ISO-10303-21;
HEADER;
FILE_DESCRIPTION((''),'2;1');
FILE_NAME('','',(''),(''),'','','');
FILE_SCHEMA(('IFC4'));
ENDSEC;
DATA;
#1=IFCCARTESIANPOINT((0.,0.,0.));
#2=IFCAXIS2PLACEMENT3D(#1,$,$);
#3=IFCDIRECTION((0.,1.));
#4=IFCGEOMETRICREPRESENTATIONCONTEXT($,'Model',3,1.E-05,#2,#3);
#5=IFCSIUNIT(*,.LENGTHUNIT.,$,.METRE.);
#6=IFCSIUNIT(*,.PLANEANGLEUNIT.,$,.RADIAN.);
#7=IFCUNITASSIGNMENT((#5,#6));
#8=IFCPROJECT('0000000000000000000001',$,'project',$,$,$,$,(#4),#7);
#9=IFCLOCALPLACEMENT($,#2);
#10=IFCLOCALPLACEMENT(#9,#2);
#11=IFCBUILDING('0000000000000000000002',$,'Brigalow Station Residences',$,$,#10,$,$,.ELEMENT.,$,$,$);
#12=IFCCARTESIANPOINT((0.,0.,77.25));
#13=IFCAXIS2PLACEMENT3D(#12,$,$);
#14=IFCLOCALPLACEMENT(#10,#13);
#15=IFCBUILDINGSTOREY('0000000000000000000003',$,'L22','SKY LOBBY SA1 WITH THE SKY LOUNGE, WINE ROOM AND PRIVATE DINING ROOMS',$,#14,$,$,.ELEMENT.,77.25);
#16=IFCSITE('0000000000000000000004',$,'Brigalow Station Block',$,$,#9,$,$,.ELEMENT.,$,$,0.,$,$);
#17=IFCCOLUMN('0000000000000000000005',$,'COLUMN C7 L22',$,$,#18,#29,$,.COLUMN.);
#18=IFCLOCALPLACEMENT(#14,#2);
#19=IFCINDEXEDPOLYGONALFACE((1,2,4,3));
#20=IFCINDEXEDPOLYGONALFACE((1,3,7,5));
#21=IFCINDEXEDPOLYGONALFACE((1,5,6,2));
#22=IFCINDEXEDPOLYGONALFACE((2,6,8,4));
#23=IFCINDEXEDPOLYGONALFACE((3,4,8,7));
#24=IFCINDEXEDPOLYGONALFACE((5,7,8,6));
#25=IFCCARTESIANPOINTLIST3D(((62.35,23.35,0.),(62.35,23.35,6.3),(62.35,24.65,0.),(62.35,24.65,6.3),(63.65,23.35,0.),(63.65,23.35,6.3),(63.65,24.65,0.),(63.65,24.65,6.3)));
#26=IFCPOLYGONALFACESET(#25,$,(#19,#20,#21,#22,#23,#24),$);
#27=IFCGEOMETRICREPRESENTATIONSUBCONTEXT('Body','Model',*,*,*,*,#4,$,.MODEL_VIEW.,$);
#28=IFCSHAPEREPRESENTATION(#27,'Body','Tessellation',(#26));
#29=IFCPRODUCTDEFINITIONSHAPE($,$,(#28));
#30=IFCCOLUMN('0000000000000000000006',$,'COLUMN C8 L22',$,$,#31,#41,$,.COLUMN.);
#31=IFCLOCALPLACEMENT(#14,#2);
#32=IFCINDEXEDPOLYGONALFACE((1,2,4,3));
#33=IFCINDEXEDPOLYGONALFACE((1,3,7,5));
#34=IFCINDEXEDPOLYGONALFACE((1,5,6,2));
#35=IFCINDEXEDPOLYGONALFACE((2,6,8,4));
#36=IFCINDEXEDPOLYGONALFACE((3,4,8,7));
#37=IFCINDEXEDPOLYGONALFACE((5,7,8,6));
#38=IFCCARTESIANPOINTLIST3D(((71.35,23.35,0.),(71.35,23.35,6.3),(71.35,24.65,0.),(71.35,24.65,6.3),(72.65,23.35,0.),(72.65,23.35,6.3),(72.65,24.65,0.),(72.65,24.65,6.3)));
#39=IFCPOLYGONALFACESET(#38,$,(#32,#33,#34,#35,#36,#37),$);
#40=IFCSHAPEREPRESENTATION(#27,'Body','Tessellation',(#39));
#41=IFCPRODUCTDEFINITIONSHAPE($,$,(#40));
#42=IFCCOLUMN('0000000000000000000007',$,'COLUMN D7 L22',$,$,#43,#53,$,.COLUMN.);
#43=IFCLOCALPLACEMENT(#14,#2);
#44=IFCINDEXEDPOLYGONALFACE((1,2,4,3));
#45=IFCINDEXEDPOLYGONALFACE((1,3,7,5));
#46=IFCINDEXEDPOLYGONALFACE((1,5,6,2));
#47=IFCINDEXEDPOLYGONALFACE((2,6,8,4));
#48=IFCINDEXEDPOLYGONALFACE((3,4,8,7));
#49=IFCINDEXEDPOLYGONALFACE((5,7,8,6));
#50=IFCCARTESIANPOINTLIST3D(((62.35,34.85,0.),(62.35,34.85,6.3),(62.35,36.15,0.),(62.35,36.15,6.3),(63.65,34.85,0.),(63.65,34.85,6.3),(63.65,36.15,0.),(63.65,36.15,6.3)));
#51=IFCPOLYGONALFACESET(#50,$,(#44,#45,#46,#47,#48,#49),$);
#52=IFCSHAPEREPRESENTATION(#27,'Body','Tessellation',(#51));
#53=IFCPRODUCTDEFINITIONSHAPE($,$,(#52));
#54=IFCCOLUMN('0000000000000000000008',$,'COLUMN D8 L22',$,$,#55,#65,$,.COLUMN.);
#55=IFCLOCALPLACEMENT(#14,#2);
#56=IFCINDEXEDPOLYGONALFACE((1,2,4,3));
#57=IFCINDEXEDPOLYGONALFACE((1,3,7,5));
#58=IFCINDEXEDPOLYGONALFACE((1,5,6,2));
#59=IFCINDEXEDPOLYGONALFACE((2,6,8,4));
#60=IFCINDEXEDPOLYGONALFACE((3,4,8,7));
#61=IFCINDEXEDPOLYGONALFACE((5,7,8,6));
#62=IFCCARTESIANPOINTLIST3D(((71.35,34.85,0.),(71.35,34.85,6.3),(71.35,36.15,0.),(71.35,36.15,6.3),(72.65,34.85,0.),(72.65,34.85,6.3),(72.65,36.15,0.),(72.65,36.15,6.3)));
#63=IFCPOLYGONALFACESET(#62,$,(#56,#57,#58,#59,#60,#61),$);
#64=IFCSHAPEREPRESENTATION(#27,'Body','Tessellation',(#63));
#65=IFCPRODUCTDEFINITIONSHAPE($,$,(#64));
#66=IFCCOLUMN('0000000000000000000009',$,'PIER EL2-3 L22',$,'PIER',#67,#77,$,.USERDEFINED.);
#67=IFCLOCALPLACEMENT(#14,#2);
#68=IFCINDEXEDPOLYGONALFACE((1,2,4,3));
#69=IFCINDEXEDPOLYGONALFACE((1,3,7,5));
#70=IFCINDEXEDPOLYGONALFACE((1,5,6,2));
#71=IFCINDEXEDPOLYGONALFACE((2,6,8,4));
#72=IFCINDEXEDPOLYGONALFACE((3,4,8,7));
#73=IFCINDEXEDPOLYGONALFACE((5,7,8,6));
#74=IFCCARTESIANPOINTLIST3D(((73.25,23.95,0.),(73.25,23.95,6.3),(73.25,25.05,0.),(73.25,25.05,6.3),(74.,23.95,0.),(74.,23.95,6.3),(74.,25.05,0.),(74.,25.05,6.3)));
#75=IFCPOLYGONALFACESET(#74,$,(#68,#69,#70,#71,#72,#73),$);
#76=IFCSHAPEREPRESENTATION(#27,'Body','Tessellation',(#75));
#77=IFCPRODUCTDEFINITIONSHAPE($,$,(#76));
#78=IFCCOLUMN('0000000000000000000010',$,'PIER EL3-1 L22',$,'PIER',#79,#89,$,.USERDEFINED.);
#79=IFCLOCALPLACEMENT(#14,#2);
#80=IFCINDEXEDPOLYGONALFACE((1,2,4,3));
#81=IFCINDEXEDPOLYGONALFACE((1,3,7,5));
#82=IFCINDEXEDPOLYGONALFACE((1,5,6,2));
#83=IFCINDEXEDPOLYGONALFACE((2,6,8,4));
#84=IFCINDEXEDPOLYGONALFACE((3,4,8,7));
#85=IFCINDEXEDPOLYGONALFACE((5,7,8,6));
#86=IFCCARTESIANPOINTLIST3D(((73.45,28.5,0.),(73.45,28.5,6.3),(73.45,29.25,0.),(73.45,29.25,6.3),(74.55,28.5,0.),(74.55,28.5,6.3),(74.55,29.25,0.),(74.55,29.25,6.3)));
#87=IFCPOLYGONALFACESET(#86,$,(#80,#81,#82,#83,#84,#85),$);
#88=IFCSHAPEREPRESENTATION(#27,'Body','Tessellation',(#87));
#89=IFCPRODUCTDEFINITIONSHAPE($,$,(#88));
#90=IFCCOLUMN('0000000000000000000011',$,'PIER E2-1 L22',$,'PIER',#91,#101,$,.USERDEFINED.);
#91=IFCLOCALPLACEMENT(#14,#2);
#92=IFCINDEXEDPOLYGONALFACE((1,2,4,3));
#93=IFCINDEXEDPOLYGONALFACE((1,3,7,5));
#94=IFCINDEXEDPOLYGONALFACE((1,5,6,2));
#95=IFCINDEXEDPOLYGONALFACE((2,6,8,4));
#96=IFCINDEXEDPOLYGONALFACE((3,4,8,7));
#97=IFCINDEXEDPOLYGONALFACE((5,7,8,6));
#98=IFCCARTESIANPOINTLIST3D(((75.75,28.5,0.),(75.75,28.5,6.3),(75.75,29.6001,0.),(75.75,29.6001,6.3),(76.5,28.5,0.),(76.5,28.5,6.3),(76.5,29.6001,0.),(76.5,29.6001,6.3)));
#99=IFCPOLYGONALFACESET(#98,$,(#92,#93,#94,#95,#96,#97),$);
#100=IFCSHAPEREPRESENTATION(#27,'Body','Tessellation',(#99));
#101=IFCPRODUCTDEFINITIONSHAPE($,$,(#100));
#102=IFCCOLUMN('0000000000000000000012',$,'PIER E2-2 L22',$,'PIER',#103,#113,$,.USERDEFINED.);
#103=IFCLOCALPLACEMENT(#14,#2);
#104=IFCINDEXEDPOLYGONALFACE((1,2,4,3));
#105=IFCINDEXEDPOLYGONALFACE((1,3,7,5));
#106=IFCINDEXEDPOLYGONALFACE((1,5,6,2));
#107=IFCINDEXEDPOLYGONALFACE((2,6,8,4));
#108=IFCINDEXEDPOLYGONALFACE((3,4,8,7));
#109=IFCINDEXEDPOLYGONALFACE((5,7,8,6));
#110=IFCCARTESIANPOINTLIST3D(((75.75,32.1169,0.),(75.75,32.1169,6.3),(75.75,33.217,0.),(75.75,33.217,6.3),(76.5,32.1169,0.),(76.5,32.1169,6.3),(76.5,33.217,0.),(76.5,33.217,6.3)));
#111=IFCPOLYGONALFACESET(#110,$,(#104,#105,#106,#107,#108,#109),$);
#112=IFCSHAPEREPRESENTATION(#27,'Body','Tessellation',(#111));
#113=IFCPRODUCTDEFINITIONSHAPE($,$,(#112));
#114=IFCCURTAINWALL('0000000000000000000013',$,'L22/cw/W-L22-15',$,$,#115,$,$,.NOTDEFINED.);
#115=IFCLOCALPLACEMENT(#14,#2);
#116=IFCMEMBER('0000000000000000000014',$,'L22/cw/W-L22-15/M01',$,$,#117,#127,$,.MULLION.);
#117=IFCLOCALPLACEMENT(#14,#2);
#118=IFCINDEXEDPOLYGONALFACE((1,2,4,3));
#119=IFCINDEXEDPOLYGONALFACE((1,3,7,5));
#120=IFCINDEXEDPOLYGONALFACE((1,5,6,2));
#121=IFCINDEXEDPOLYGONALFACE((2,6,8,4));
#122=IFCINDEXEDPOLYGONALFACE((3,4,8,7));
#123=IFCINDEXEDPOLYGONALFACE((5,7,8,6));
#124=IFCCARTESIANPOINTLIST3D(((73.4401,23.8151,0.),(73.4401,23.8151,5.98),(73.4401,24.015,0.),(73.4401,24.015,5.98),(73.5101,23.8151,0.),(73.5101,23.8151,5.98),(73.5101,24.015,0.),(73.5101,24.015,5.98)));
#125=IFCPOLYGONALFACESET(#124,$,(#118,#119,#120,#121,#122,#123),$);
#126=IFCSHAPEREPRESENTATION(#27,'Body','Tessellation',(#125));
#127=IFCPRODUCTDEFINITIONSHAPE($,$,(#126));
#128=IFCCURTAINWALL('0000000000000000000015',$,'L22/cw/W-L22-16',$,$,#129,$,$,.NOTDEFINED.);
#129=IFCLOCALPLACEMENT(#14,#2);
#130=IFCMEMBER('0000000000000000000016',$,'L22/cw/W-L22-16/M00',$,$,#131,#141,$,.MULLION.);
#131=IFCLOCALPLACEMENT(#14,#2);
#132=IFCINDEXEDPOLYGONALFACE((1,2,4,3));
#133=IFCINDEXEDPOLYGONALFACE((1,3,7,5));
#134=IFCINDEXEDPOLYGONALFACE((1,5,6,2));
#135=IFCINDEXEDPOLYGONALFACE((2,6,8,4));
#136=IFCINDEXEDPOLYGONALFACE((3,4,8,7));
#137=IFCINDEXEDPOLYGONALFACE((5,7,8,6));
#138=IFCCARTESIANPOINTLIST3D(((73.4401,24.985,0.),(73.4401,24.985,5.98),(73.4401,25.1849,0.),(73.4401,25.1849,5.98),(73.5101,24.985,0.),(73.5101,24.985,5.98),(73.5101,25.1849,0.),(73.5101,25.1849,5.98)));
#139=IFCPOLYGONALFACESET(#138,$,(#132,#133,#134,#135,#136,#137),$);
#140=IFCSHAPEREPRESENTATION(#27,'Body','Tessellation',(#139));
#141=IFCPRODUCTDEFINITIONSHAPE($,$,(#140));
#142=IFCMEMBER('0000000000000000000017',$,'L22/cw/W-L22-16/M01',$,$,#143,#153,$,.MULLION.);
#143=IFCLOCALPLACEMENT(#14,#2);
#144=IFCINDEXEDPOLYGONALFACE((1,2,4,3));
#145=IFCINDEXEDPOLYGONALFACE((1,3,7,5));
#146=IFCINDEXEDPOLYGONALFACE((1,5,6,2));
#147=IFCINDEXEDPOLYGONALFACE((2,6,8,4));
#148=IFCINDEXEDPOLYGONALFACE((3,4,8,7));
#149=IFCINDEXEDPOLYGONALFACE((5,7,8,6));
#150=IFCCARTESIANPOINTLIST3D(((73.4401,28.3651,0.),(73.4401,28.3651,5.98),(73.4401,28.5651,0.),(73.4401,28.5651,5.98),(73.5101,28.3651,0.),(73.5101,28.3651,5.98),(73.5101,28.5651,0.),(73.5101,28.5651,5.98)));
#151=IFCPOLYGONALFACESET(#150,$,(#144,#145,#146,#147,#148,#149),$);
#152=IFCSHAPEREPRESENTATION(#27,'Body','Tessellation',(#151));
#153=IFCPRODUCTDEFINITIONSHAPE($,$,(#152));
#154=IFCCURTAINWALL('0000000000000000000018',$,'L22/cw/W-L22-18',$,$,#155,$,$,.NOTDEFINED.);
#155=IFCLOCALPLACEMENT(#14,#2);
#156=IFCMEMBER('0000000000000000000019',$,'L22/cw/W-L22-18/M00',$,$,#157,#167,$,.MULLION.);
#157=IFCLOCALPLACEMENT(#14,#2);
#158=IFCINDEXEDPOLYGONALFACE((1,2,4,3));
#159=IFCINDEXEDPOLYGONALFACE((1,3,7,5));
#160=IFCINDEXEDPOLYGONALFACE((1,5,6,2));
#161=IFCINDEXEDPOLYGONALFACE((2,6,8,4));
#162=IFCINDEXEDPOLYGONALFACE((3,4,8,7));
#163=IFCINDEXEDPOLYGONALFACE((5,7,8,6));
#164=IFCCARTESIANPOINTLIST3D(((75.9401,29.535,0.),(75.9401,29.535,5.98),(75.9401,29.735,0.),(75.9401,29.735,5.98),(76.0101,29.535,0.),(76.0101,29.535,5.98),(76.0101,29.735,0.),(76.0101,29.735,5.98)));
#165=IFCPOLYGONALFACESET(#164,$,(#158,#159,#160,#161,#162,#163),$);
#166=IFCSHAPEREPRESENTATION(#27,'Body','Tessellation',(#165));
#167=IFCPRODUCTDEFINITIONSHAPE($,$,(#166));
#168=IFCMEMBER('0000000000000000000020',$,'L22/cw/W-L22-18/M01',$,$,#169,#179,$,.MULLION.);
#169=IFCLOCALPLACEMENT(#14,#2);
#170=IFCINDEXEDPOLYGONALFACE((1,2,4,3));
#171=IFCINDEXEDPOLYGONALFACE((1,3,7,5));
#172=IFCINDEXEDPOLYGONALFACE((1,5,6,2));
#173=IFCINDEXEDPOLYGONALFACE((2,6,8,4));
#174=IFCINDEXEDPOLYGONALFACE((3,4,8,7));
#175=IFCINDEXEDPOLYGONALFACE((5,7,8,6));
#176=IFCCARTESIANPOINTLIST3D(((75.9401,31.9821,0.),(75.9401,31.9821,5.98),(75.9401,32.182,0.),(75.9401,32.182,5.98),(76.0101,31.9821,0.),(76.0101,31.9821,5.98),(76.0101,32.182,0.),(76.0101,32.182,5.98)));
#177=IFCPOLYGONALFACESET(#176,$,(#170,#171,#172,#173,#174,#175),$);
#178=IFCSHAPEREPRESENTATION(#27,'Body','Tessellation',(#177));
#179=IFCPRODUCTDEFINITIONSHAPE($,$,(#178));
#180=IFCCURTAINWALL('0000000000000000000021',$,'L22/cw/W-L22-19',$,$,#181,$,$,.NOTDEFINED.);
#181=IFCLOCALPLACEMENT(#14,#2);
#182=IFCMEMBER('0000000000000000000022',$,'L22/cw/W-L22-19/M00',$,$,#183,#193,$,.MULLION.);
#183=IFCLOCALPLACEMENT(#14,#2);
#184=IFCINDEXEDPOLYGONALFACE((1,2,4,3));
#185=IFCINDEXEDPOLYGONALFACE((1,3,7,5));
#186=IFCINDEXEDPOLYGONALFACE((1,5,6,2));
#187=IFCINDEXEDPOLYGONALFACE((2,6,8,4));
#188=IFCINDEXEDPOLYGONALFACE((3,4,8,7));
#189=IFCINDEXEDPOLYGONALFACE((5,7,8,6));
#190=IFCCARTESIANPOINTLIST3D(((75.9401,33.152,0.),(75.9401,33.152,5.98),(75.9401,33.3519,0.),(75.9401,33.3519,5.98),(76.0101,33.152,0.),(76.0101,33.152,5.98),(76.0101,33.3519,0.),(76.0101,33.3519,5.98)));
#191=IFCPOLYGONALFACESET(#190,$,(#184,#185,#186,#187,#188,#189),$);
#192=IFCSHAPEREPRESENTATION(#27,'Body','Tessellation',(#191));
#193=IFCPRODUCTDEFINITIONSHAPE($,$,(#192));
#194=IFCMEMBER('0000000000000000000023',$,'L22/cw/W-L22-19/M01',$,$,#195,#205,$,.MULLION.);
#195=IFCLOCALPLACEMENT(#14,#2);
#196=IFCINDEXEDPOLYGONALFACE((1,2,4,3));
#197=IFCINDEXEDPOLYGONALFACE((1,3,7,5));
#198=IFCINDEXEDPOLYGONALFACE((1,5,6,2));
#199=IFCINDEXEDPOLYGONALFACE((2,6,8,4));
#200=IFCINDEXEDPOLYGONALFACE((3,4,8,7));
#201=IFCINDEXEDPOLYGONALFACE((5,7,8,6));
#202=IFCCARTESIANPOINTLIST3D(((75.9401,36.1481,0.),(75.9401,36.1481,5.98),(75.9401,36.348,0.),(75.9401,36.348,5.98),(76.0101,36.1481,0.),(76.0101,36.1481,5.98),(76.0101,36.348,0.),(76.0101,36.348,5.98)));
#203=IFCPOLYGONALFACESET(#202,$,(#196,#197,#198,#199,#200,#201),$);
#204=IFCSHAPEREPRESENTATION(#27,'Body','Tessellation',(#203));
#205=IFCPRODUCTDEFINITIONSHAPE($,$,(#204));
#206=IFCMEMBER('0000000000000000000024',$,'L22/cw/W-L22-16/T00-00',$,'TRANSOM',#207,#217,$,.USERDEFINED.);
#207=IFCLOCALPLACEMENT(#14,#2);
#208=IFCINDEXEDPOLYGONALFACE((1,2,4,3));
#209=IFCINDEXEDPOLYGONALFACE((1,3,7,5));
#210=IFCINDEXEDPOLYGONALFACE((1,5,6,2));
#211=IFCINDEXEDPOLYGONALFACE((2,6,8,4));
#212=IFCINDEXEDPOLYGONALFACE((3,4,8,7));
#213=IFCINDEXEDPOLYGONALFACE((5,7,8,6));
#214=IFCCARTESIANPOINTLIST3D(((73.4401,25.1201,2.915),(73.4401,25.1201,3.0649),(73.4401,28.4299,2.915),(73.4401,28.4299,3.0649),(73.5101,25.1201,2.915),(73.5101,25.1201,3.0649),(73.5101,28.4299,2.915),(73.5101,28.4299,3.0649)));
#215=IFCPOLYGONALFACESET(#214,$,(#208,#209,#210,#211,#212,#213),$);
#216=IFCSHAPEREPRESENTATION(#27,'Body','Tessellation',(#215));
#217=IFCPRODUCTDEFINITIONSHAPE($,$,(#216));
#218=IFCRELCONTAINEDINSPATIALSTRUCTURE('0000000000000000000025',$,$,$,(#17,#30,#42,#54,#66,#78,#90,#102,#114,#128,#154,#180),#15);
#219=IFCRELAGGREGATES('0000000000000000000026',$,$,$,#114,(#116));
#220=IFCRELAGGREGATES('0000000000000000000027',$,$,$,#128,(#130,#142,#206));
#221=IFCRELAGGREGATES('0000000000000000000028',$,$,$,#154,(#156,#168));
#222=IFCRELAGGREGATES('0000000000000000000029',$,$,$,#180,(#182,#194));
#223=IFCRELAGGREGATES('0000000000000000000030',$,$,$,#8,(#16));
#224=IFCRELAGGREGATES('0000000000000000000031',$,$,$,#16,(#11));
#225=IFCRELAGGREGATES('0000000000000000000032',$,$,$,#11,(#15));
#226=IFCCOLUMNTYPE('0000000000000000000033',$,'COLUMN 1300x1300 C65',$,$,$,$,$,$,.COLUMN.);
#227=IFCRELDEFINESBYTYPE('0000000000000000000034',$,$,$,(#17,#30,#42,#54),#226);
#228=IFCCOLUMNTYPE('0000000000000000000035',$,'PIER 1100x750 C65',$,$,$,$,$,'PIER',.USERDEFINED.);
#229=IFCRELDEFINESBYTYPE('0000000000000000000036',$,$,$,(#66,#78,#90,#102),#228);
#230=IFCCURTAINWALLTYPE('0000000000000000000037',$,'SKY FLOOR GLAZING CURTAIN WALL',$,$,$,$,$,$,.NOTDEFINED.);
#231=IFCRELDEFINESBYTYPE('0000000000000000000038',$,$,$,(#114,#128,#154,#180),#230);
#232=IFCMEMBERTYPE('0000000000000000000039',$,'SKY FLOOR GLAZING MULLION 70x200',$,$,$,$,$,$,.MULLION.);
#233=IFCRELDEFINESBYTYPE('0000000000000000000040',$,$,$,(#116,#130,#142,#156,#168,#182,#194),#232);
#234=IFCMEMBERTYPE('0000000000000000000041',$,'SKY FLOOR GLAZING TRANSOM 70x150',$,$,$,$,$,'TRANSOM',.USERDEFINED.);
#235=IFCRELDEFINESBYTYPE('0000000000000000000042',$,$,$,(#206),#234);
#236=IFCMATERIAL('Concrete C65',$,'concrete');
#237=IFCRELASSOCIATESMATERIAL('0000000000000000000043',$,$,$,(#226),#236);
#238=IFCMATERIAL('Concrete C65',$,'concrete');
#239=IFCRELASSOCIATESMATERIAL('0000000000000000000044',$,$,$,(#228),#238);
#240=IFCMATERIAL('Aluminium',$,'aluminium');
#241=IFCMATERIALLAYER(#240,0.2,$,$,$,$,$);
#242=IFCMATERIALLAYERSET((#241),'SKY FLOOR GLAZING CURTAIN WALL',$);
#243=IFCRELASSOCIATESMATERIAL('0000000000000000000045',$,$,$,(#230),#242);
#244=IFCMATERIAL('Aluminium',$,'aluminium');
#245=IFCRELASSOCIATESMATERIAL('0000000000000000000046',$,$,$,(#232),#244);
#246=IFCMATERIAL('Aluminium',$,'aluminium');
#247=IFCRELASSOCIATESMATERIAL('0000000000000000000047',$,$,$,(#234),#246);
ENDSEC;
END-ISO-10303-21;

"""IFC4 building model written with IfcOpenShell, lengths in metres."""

from ifc_helpers import new_model, si_unit, direction, frame, origin, origin_2d, place, context, subcontext, project, spatial, rectangle, extrude, material, layer, layer_set, material_profile, profile_set, type_object, element, aggregate, save


model = new_model("IFC4")

# Units and contexts
model_context = context("Model", 3, precision=1e-05, world=origin(), true_north=direction((0.0, 1.0)))
body_context = subcontext(model_context, "Body", "Model", "MODEL_VIEW")
ifc_project = project(units=[si_unit("LENGTHUNIT", "METRE"), si_unit("PLANEANGLEUNIT", "RADIAN")], contexts=[model_context])

# Site, building, storey
site_placement = place(None, origin())
site = spatial("IfcSite", under=ifc_project, at=site_placement, Name="Brigalow Station Block", CompositionType="ELEMENT", RefElevation=0.0)
building_placement = place(site_placement, origin())
building = spatial("IfcBuilding", under=site, at=building_placement, Name="Brigalow Station Residences", CompositionType="ELEMENT")
storey_placement = place(building_placement, frame((0.0, 0.0, 77.25)))
storey = spatial("IfcBuildingStorey", under=building, at=storey_placement, Name="L22", Description="SKY LOBBY SA1 WITH THE SKY LOUNGE, WINE ROOM AND PRIVATE DINING ROOMS", CompositionType="ELEMENT", Elevation=77.25)

# Columns
ifc_material_1 = material(Name="Concrete C65", Category="concrete")
ifc_material_profile_1 = material_profile(ifc_material_1, rectangle(XDim=1.3, YDim=1.3, at=origin_2d()), Name="RC1300x1300")
ifc_profile_set_1 = profile_set([ifc_material_profile_1], Name="Concrete C65")
column_type_1 = type_object("IfcColumnType", Name="COLUMN 1300x1300 C65", PredefinedType="COLUMN", material=ifc_profile_set_1)
for number, where, z_axis, x_axis, name in (
    (1, (63.0, 24.0, 0.0), (0.0, 0.0, 1.0), (1.0, 0.0, 0.0), "COLUMN C7 L22"),
    (2, (72.0, 24.0, 0.0), (0.0, 0.0, 1.0), (1.0, 0.0, 0.0), "COLUMN C8 L22"),
    (3, (63.0, 35.5, 0.0), (0.0, 0.0, 1.0), (1.0, 0.0, 0.0), "COLUMN D7 L22"),
    (4, (72.0, 35.5, 0.0), (0.0, 0.0, 1.0), (1.0, 0.0, 0.0), "COLUMN D8 L22"),
):
    element("IfcColumn", number, at=place(storey_placement, frame(where, z_axis=z_axis, x_axis=x_axis)), inside=storey, type_object=column_type_1, Name=name, PredefinedType="COLUMN", context=body_context, shape_type="SweptSolid", body=[
        extrude(rectangle(XDim=1.3, YDim=1.3, at=origin_2d()), origin(), (0.0, 0.0, 1.0), 6.3),
    ])
ifc_material_2 = material(Name="Concrete C65", Category="concrete")
ifc_material_profile_2 = material_profile(ifc_material_2, rectangle(XDim=1.1001, YDim=0.75, at=origin_2d()), Name="RC1100x750")
ifc_profile_set_2 = profile_set([ifc_material_profile_2], Name="Concrete C65")
column_type_2 = type_object("IfcColumnType", Name="PIER 1100x750 C65", ElementType="PIER", PredefinedType="USERDEFINED", material=ifc_profile_set_2)
for number, where, z_axis, x_axis, name in (
    (5, (73.625, 24.5, 0.0), (0.0, 0.0, 1.0), (0.0, 1.0, 0.0), "PIER EL2-3 L22"),
    (6, (74.0, 28.875, 0.0), (0.0, 0.0, 1.0), (1.0, 0.0, 0.0), "PIER EL3-1 L22"),
    (7, (76.125, 29.05, 0.0), (0.0, 0.0, 1.0), (0.0, 1.0, 0.0), "PIER E2-1 L22"),
    (8, (76.125, 32.667, 0.0), (0.0, 0.0, 1.0), (0.0, 1.0, 0.0), "PIER E2-2 L22"),
):
    element("IfcColumn", number, at=place(storey_placement, frame(where, z_axis=z_axis, x_axis=x_axis)), inside=storey, type_object=column_type_2, Name=name, ObjectType="PIER", PredefinedType="USERDEFINED", context=body_context, shape_type="SweptSolid", body=[
        extrude(rectangle(XDim=1.1001, YDim=0.75, at=origin_2d()), origin(), (0.0, 0.0, 1.0), 6.3),
    ])

# Curtain wall, member
ifc_material_3 = material(Name="Aluminium", Category="aluminium")
ifc_layer_1 = layer(ifc_material_3, 0.2)
ifc_layer_set_1 = layer_set([ifc_layer_1], Name="SKY FLOOR GLAZING CURTAIN WALL")
curtain_wall_type = type_object("IfcCurtainWallType", Name="SKY FLOOR GLAZING CURTAIN WALL", PredefinedType="NOTDEFINED", material=ifc_layer_set_1)
curtain_wall_1_placement = place(storey_placement, origin())
curtain_wall_1 = element("IfcCurtainWall", 9, at=curtain_wall_1_placement, inside=storey, type_object=curtain_wall_type, Name="L22/cw/W-L22-15", PredefinedType="NOTDEFINED")
ifc_material_4 = material(Name="Aluminium", Category="aluminium")
ifc_material_profile_3 = material_profile(ifc_material_4, rectangle(XDim=0.0701, YDim=0.2, at=origin_2d()), Name="SKY FLOOR GLAZING MULLION 70x200")
ifc_profile_set_3 = profile_set([ifc_material_profile_3], Name="Aluminium")
member_type_1 = type_object("IfcMemberType", Name="SKY FLOOR GLAZING MULLION 70x200", PredefinedType="MULLION", material=ifc_profile_set_3)
member_1_placement = place(storey_placement, frame((73.4751, 23.915, 0.0), z_axis=(0.0, 0.0, 1.0), x_axis=(-1.0, 0.0, 0.0)))
member_1 = element("IfcMember", 10, at=member_1_placement, type_object=member_type_1, Name="L22/cw/W-L22-15/M01", PredefinedType="MULLION", context=body_context, shape_type="SweptSolid", body=[
    extrude(rectangle(XDim=0.0701, YDim=0.2, at=origin_2d()), origin(), (0.0, 0.0, 1.0), 5.98),
])
aggregate(curtain_wall_1, [member_1])

# Curtain walls, members
curtain_wall_2_placement = place(storey_placement, origin())
curtain_wall_2 = element("IfcCurtainWall", 11, at=curtain_wall_2_placement, inside=storey, type_object=curtain_wall_type, Name="L22/cw/W-L22-16", PredefinedType="NOTDEFINED")
member_2_placement = place(storey_placement, frame((73.4751, 25.085, 0.0), z_axis=(0.0, 0.0, 1.0), x_axis=(-1.0, 0.0, 0.0)))
member_2 = element("IfcMember", 12, at=member_2_placement, type_object=member_type_1, Name="L22/cw/W-L22-16/M00", PredefinedType="MULLION", context=body_context, shape_type="SweptSolid", body=[
    extrude(rectangle(XDim=0.0701, YDim=0.2, at=origin_2d()), origin(), (0.0, 0.0, 1.0), 5.98),
])
member_3_placement = place(storey_placement, frame((73.4751, 28.4651, 0.0), z_axis=(0.0, 0.0, 1.0), x_axis=(-1.0, 0.0, 0.0)))
member_3 = element("IfcMember", 13, at=member_3_placement, type_object=member_type_1, Name="L22/cw/W-L22-16/M01", PredefinedType="MULLION", context=body_context, shape_type="SweptSolid", body=[
    extrude(rectangle(XDim=0.0701, YDim=0.2, at=origin_2d()), origin(), (0.0, 0.0, 1.0), 5.98),
])
curtain_wall_3_placement = place(storey_placement, origin())
curtain_wall_3 = element("IfcCurtainWall", 14, at=curtain_wall_3_placement, inside=storey, type_object=curtain_wall_type, Name="L22/cw/W-L22-18", PredefinedType="NOTDEFINED")
member_4_placement = place(storey_placement, frame((75.9751, 29.635, 0.0), z_axis=(0.0, 0.0, 1.0), x_axis=(-1.0, 0.0, 0.0)))
member_4 = element("IfcMember", 15, at=member_4_placement, type_object=member_type_1, Name="L22/cw/W-L22-18/M00", PredefinedType="MULLION", context=body_context, shape_type="SweptSolid", body=[
    extrude(rectangle(XDim=0.0701, YDim=0.2, at=origin_2d()), origin(), (0.0, 0.0, 1.0), 5.98),
])
member_5_placement = place(storey_placement, frame((75.9751, 32.082, 0.0), z_axis=(0.0, 0.0, 1.0), x_axis=(-1.0, 0.0, 0.0)))
member_5 = element("IfcMember", 16, at=member_5_placement, type_object=member_type_1, Name="L22/cw/W-L22-18/M01", PredefinedType="MULLION", context=body_context, shape_type="SweptSolid", body=[
    extrude(rectangle(XDim=0.0701, YDim=0.2, at=origin_2d()), origin(), (0.0, 0.0, 1.0), 5.98),
])
curtain_wall_4_placement = place(storey_placement, origin())
curtain_wall_4 = element("IfcCurtainWall", 17, at=curtain_wall_4_placement, inside=storey, type_object=curtain_wall_type, Name="L22/cw/W-L22-19", PredefinedType="NOTDEFINED")
member_6_placement = place(storey_placement, frame((75.9751, 33.252, 0.0), z_axis=(0.0, 0.0, 1.0), x_axis=(-1.0, 0.0, 0.0)))
member_6 = element("IfcMember", 18, at=member_6_placement, type_object=member_type_1, Name="L22/cw/W-L22-19/M00", PredefinedType="MULLION", context=body_context, shape_type="SweptSolid", body=[
    extrude(rectangle(XDim=0.0701, YDim=0.2, at=origin_2d()), origin(), (0.0, 0.0, 1.0), 5.98),
])
member_7_placement = place(storey_placement, frame((75.9751, 36.248, 0.0), z_axis=(0.0, 0.0, 1.0), x_axis=(-1.0, 0.0, 0.0)))
member_7 = element("IfcMember", 19, at=member_7_placement, type_object=member_type_1, Name="L22/cw/W-L22-19/M01", PredefinedType="MULLION", context=body_context, shape_type="SweptSolid", body=[
    extrude(rectangle(XDim=0.0701, YDim=0.2, at=origin_2d()), origin(), (0.0, 0.0, 1.0), 5.98),
])

# Member
ifc_material_5 = material(Name="Aluminium", Category="aluminium")
ifc_material_profile_4 = material_profile(ifc_material_5, rectangle(XDim=0.0701, YDim=0.1499, at=origin_2d()), Name="SKY FLOOR GLAZING TRANSOM 70x150")
ifc_profile_set_4 = profile_set([ifc_material_profile_4], Name="Aluminium")
member_type_2 = type_object("IfcMemberType", Name="SKY FLOOR GLAZING TRANSOM 70x150", ElementType="TRANSOM", PredefinedType="USERDEFINED", material=ifc_profile_set_4)
member_8_placement = place(storey_placement, frame((73.4751, 25.1201, 2.99), z_axis=(0.0, 1.0, 0.0), x_axis=(-1.0, 0.0, 0.0)))
member_8 = element("IfcMember", 20, at=member_8_placement, type_object=member_type_2, Name="L22/cw/W-L22-16/T00-00", ObjectType="TRANSOM", PredefinedType="USERDEFINED", context=body_context, shape_type="SweptSolid", body=[
    extrude(rectangle(XDim=0.0701, YDim=0.1499, at=origin_2d()), origin(), (0.0, 0.0, 1.0), 3.3098),
])

aggregate(curtain_wall_2, [member_2, member_3, member_8])
aggregate(curtain_wall_3, [member_4, member_5])
aggregate(curtain_wall_4, [member_6, member_7])

save(model, "model.ifc")
